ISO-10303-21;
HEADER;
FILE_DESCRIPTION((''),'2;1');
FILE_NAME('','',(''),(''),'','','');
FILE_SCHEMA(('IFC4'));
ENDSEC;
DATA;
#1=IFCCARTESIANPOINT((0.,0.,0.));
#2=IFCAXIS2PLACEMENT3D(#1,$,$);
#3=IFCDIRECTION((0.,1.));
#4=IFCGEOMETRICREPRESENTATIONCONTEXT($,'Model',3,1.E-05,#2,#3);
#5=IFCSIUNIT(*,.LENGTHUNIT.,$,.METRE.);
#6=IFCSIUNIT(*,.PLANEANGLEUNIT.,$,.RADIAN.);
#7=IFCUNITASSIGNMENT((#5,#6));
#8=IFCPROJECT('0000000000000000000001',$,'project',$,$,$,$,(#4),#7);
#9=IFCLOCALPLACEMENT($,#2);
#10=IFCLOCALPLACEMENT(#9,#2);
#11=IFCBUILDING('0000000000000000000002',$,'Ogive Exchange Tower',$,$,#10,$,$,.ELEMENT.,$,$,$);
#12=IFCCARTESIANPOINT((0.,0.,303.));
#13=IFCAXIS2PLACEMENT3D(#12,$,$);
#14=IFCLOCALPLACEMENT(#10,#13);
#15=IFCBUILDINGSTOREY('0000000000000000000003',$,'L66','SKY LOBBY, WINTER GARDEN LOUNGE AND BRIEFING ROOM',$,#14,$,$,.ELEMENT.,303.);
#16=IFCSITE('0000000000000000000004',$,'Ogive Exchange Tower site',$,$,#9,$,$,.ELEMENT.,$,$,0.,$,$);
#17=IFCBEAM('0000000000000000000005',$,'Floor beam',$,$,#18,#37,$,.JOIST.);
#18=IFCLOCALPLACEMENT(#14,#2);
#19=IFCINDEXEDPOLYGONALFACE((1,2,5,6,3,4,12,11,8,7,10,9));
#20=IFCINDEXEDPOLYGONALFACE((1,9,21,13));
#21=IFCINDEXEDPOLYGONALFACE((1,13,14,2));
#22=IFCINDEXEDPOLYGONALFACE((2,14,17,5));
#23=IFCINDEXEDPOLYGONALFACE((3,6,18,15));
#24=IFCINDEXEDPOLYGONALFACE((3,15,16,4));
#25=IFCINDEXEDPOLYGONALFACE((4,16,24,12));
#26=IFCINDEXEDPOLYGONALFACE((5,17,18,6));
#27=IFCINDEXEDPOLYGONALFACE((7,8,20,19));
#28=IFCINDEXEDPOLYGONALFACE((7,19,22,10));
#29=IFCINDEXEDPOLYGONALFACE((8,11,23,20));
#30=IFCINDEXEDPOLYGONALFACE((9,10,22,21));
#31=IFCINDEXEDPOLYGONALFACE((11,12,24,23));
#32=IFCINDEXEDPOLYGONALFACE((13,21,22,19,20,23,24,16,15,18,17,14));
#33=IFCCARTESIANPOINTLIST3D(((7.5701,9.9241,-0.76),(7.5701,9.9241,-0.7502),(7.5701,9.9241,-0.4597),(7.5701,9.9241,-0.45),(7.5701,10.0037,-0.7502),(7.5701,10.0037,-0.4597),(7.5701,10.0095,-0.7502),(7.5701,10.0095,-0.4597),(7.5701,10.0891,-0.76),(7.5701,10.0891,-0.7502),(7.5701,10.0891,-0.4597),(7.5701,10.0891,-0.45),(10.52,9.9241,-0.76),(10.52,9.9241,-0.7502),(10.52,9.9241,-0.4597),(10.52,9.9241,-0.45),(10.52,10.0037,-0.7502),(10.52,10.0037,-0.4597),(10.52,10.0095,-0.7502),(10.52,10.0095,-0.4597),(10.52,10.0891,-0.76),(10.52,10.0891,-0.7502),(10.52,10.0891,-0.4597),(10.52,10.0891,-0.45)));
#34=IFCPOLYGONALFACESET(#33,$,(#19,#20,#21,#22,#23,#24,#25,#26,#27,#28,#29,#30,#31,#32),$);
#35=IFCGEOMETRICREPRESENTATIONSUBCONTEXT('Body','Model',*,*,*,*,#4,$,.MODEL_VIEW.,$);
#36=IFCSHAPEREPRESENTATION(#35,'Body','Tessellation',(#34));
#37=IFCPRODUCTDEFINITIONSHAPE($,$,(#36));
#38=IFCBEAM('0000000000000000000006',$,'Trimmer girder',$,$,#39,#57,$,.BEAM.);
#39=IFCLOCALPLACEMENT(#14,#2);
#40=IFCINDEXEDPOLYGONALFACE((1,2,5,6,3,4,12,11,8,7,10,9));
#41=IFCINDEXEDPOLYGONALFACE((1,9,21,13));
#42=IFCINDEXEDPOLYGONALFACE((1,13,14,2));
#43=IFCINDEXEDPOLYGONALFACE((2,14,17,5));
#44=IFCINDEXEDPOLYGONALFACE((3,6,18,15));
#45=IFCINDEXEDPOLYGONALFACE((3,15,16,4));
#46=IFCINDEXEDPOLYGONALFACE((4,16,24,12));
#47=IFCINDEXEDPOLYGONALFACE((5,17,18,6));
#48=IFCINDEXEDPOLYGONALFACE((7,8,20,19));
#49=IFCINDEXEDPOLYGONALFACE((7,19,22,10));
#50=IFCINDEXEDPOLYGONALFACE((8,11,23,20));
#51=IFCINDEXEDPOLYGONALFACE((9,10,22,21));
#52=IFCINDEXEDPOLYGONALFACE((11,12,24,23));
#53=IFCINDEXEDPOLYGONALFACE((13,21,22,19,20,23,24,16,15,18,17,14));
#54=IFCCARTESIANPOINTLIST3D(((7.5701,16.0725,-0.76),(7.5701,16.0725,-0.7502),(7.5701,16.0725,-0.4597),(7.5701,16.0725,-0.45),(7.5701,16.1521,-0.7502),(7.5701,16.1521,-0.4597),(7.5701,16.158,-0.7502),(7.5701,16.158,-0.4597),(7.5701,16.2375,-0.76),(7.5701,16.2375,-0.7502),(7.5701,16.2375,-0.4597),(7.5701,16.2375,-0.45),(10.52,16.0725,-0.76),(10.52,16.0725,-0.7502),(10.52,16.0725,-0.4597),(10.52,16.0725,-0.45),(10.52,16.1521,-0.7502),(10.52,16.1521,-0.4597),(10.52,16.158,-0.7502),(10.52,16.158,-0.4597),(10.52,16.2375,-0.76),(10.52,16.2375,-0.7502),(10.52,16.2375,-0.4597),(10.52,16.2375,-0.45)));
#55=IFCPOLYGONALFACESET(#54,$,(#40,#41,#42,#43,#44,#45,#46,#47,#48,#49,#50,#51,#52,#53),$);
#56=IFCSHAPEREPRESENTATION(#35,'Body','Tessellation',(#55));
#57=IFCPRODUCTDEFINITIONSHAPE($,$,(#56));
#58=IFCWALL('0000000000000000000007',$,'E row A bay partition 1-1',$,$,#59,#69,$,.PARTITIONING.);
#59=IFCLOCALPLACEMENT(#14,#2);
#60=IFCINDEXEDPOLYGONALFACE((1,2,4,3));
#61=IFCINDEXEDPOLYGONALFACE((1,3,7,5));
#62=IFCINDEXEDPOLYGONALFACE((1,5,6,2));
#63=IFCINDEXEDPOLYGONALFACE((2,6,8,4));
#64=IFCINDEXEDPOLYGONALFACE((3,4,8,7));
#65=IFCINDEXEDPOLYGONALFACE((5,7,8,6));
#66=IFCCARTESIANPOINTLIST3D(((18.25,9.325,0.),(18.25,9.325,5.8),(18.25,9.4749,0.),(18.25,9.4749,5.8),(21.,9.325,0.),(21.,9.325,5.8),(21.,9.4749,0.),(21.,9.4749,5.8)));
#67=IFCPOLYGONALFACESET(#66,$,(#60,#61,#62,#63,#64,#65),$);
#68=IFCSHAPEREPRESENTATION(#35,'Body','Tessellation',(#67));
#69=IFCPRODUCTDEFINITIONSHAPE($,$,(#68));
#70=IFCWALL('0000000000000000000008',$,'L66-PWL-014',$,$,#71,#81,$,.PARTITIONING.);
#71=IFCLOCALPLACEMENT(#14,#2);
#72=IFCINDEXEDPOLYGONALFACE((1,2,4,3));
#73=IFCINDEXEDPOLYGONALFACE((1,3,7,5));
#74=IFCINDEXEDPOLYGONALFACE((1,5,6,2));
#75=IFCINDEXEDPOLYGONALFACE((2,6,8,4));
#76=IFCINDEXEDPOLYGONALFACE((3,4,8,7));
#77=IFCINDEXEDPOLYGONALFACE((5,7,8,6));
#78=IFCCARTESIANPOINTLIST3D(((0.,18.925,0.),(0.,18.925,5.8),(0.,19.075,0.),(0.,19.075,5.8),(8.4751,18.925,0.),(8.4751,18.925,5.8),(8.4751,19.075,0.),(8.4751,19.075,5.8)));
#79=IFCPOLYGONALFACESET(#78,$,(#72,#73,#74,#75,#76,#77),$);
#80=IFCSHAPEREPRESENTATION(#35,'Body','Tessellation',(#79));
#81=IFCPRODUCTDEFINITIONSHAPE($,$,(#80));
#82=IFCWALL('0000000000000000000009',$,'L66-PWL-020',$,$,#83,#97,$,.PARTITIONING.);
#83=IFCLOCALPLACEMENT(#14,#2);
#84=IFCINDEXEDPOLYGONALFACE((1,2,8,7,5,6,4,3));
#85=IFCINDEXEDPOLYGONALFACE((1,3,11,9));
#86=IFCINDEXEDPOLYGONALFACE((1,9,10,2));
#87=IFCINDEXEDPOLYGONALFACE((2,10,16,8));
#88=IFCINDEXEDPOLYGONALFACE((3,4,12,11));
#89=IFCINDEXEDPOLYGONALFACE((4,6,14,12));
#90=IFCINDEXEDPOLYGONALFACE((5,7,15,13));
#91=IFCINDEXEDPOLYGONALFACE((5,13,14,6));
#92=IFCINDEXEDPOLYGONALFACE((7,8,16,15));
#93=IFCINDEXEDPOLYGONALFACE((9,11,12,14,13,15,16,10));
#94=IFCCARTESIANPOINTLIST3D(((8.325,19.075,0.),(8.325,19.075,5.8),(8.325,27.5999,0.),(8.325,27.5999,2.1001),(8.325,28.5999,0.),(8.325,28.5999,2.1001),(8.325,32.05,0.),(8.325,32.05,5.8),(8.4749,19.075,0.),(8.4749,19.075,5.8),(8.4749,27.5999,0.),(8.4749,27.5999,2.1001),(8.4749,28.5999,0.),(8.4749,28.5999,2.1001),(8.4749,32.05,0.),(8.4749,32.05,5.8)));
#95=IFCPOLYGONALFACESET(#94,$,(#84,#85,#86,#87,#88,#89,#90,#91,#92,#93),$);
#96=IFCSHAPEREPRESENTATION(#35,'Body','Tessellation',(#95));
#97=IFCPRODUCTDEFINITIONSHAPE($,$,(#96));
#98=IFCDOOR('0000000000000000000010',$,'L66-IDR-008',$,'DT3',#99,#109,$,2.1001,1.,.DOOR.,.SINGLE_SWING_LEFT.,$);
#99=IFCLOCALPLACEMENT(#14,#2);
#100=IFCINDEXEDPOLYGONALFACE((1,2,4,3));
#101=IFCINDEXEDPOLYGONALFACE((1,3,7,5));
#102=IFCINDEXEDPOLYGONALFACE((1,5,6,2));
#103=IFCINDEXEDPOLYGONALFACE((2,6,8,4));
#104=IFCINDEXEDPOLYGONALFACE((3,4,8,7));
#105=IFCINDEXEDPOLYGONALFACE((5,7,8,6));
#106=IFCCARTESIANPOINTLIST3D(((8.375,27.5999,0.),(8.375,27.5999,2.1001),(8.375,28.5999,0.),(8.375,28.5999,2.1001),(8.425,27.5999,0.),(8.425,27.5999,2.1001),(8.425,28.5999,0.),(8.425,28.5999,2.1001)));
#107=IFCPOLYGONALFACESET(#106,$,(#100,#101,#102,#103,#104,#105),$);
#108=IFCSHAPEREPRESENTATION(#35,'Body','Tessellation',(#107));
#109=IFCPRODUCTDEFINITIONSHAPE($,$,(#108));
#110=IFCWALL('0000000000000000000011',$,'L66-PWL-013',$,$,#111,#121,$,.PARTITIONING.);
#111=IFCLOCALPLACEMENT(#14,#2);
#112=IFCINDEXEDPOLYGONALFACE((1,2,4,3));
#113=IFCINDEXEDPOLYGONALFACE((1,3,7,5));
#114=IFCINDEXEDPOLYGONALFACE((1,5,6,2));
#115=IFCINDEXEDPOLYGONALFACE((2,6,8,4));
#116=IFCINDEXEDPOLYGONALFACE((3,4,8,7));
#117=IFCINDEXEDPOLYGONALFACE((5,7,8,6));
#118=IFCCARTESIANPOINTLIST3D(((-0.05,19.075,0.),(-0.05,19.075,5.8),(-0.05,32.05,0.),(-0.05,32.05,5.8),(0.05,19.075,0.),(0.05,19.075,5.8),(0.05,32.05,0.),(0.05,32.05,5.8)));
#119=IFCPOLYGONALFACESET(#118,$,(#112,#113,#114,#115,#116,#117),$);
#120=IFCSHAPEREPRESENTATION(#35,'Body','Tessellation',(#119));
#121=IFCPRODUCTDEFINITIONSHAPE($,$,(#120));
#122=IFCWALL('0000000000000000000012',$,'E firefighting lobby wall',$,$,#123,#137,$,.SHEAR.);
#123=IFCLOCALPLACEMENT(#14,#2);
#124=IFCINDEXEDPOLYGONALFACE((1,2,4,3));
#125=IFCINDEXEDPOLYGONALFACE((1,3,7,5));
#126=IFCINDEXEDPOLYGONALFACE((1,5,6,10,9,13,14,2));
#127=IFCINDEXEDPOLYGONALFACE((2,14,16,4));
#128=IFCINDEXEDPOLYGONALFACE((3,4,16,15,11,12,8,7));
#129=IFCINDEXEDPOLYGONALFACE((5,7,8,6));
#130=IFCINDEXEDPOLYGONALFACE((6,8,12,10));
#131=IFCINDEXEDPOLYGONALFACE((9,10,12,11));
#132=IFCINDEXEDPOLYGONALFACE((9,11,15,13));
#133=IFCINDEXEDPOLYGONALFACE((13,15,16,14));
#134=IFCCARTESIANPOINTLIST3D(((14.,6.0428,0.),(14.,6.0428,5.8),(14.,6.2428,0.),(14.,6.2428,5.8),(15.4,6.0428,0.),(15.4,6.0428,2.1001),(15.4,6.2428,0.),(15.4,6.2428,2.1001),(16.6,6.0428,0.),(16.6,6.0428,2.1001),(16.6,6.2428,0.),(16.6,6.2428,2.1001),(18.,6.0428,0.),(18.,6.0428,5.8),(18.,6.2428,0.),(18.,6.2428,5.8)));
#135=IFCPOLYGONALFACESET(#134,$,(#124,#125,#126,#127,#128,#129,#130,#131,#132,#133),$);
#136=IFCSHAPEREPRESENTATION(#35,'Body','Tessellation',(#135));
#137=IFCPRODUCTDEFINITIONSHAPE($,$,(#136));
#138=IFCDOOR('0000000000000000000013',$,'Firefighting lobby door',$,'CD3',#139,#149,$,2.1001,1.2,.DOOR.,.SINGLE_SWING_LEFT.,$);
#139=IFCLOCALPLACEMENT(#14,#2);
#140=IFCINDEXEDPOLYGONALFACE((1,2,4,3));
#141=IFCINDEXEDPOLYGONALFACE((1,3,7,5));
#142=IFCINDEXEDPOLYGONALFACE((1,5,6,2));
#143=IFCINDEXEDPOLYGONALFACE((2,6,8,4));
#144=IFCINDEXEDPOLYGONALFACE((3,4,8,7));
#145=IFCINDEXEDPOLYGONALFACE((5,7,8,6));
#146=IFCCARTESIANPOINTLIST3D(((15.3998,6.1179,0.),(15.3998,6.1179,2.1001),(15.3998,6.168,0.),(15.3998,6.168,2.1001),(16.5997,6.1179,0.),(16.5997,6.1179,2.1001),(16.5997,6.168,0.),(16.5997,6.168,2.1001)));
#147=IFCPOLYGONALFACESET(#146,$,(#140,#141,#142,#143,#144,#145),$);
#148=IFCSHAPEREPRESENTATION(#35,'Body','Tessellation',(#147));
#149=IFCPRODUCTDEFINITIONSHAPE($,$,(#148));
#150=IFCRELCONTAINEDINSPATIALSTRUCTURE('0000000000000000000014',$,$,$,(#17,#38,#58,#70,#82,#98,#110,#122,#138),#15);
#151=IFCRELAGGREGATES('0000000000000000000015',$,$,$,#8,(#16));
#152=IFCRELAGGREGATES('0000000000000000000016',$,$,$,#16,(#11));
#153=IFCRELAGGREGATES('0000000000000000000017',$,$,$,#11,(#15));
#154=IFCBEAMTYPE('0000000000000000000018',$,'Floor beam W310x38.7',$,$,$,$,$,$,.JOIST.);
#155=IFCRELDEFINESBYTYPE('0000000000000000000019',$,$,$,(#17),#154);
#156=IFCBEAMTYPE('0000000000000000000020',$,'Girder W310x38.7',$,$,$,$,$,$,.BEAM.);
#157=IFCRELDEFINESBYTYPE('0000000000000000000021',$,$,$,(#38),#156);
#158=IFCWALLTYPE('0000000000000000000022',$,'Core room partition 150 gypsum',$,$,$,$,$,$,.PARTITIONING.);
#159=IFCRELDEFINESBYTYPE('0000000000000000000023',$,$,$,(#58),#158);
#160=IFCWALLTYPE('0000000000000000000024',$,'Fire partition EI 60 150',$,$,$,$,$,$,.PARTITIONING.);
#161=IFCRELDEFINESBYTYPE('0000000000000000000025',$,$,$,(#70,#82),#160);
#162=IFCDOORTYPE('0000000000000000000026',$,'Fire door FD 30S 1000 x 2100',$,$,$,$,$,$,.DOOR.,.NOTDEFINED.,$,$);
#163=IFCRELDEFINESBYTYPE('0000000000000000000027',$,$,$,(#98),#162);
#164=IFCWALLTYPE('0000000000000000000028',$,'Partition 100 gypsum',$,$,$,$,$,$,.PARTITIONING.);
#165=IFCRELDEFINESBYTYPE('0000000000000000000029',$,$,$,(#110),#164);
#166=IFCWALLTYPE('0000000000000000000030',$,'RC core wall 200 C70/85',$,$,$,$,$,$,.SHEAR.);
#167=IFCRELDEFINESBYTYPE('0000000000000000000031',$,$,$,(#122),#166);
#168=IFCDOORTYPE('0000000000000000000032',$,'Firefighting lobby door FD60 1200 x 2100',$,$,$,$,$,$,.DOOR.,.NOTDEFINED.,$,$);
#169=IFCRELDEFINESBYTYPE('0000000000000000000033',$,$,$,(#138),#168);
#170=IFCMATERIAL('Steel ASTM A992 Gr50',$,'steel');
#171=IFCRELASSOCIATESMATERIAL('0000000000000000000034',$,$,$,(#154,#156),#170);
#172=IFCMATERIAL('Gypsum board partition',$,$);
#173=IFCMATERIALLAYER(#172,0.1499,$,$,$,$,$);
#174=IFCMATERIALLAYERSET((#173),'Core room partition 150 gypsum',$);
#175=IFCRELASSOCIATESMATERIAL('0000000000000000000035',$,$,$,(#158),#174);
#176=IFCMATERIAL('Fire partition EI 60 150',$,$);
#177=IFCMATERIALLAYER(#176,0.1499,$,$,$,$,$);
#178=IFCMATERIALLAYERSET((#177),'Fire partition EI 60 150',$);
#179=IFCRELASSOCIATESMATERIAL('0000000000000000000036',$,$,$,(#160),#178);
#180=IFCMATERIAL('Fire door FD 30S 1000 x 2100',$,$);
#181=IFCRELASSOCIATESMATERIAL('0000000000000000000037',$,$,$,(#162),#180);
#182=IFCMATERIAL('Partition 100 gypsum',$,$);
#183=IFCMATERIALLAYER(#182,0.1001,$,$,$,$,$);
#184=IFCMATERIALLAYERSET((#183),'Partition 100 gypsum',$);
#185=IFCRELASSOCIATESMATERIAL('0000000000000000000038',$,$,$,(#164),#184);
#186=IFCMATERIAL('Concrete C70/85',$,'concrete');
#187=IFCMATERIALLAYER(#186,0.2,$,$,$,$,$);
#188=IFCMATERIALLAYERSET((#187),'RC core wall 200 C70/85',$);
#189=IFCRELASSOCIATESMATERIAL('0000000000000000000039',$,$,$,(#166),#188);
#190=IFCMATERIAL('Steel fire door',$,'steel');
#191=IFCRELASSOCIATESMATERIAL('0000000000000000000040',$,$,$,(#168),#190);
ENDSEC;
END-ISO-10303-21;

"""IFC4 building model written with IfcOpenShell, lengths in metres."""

from ifc_helpers import new_model, si_unit, direction, frame, frame_2d, origin, origin_2d, place, context, subcontext, project, spatial, rectangle, i_section, extrude, material, layer, layer_set, material_profile, profile_set, type_object, element, fill, save


model = new_model("IFC4")

# Units and contexts
model_context = context("Model", 3, precision=1e-05, world=origin(), true_north=direction((0.0, 1.0)))
body_context = subcontext(model_context, "Body", "Model", "MODEL_VIEW")
ifc_project = project(units=[si_unit("LENGTHUNIT", "METRE"), si_unit("PLANEANGLEUNIT", "RADIAN")], contexts=[model_context])

# Site, building, storey
site_placement = place(None, origin())
site = spatial("IfcSite", under=ifc_project, at=site_placement, Name="Ogive Exchange Tower site", CompositionType="ELEMENT", RefElevation=0.0)
building_placement = place(site_placement, origin())
building = spatial("IfcBuilding", under=site, at=building_placement, Name="Ogive Exchange Tower", CompositionType="ELEMENT")
storey_placement = place(building_placement, frame((0.0, 0.0, 303.0)))
storey = spatial("IfcBuildingStorey", under=building, at=storey_placement, Name="L66", Description="SKY LOBBY, WINTER GARDEN LOUNGE AND BRIEFING ROOM", CompositionType="ELEMENT", Elevation=303.0)

# Beams
ifc_material_1 = material(Name="Steel ASTM A992 Gr50", Category="steel")
ifc_material_profile_1 = material_profile(ifc_material_1, i_section(OverallWidth=0.165, OverallDepth=0.3101, WebThickness=0.0059, FlangeThickness=0.0098, at=origin_2d()), Name="W310x38.7")
ifc_profile_set_1 = profile_set([ifc_material_profile_1], Name="Steel ASTM A992 Gr50")
beam_type_1 = type_object("IfcBeamType", Name="Floor beam W310x38.7", PredefinedType="JOIST", material=ifc_profile_set_1)
beam_1_placement = place(storey_placement, frame((7.5701, 10.0066, -0.605), z_axis=(1.0, 0.0, 0.0), x_axis=(0.0, 1.0, 0.0)))
element("IfcBeam", 1, at=beam_1_placement, inside=storey, type_object=beam_type_1, Name="Floor beam", PredefinedType="JOIST", context=body_context, shape_type="SweptSolid", body=[
    extrude(i_section(OverallWidth=0.165, OverallDepth=0.3101, WebThickness=0.0059, FlangeThickness=0.0098, at=origin_2d()), origin(), (0.0, 0.0, 1.0), 2.95),
])
ifc_material_profile_2 = material_profile(ifc_material_1, i_section(OverallWidth=0.165, OverallDepth=0.3101, WebThickness=0.0059, FlangeThickness=0.0098, at=origin_2d()), Name="W310x38.7")
ifc_profile_set_2 = profile_set([ifc_material_profile_2], Name="Steel ASTM A992 Gr50")
beam_type_2 = type_object("IfcBeamType", Name="Girder W310x38.7", PredefinedType="BEAM", material=ifc_profile_set_2)
beam_2_placement = place(storey_placement, frame((7.5701, 16.155, -0.605), z_axis=(1.0, 0.0, 0.0), x_axis=(0.0, 1.0, 0.0)))
element("IfcBeam", 2, at=beam_2_placement, inside=storey, type_object=beam_type_2, Name="Trimmer girder", PredefinedType="BEAM", context=body_context, shape_type="SweptSolid", body=[
    extrude(i_section(OverallWidth=0.165, OverallDepth=0.3101, WebThickness=0.0059, FlangeThickness=0.0098, at=origin_2d()), origin(), (0.0, 0.0, 1.0), 2.95),
])

# Walls
ifc_material_2 = material(Name="Gypsum board partition")
ifc_layer_1 = layer(ifc_material_2, 0.1499)
ifc_layer_set_1 = layer_set([ifc_layer_1], Name="Core room partition 150 gypsum")
wall_type_1 = type_object("IfcWallType", Name="Core room partition 150 gypsum", PredefinedType="PARTITIONING", material=ifc_layer_set_1)
wall_1_placement = place(storey_placement, frame((18.25, 9.3999, 0.0), z_axis=(0.0, 0.0, 1.0), x_axis=(1.0, 0.0, 0.0)))
element("IfcWall", 3, at=wall_1_placement, inside=storey, type_object=wall_type_1, Name="E row A bay partition 1-1", PredefinedType="PARTITIONING", context=body_context, shape_type="SweptSolid", body=[
    extrude(rectangle(XDim=2.75, YDim=0.1499, at=frame_2d((1.375, 0.0))), origin(), (0.0, 0.0, 1.0), 5.8),
])
ifc_material_3 = material(Name="Fire partition EI 60 150")
ifc_layer_2 = layer(ifc_material_3, 0.1499)
ifc_layer_set_2 = layer_set([ifc_layer_2], Name="Fire partition EI 60 150")
wall_type_2 = type_object("IfcWallType", Name="Fire partition EI 60 150", PredefinedType="PARTITIONING", material=ifc_layer_set_2)
wall_2_placement = place(storey_placement, frame((0.0, 19.0, 0.0), z_axis=(0.0, 0.0, 1.0), x_axis=(1.0, 0.0, 0.0)))
element("IfcWall", 4, at=wall_2_placement, inside=storey, type_object=wall_type_2, Name="L66-PWL-014", PredefinedType="PARTITIONING", context=body_context, shape_type="SweptSolid", body=[
    extrude(rectangle(XDim=8.4751, YDim=0.1499, at=frame_2d((4.2375, 0.0))), origin(), (0.0, 0.0, 1.0), 5.8),
])

# Wall, opening, door
wall_3_placement = place(storey_placement, frame((8.3999, 19.075, 0.0), z_axis=(0.0, 0.0, 1.0), x_axis=(0.0, 1.0, 0.0)))
wall_3 = element("IfcWall", 5, at=wall_3_placement, inside=storey, type_object=wall_type_2, Name="L66-PWL-020", PredefinedType="PARTITIONING", context=body_context, shape_type="SweptSolid", body=[
    extrude(rectangle(XDim=12.9751, YDim=0.1499, at=frame_2d((6.4875, 0.0))), origin(), (0.0, 0.0, 1.0), 5.8),
])
opening_1_placement = place(wall_3_placement, frame((8.5249, 0.0, 0.0)))
opening_1 = element("IfcOpeningElement", 6, at=opening_1_placement, cuts=wall_3, PredefinedType="OPENING", context=body_context, shape_type="SweptSolid", body=[
    extrude(rectangle(XDim=1.0, YDim=2.1001, at=frame_2d((0.5, 1.05))), frame((0.0, 0.085, 0.0), z_axis=(0.0, -1.0, 0.0), x_axis=(1.0, 0.0, 0.0)), (0.0, 0.0, 1.0), 0.1699),
])
ifc_material_4 = material(Name="Fire door FD 30S 1000 x 2100")
door_type_1 = type_object("IfcDoorType", Name="Fire door FD 30S 1000 x 2100", OperationType="NOTDEFINED", PredefinedType="DOOR", material=ifc_material_4)
door_1_placement = place(opening_1_placement, origin())
door_1 = element("IfcDoor", 7, at=door_1_placement, inside=storey, type_object=door_type_1, Name="L66-IDR-008", ObjectType="DT3", OperationType="SINGLE_SWING_LEFT", OverallHeight=2.1001, OverallWidth=1.0, PredefinedType="DOOR", context=body_context, shape_type="SweptSolid", body=[
    extrude(rectangle(XDim=1.0, YDim=2.1001, at=frame_2d((0.5, 1.05))), frame((0.0, 0.0249, 0.0), z_axis=(0.0, -1.0, 0.0), x_axis=(1.0, 0.0, 0.0)), (0.0, 0.0, 1.0), 0.05),
])
fill(opening_1, door_1)

# Wall
ifc_material_5 = material(Name="Partition 100 gypsum")
ifc_layer_3 = layer(ifc_material_5, 0.1001)
ifc_layer_set_3 = layer_set([ifc_layer_3], Name="Partition 100 gypsum")
wall_type_3 = type_object("IfcWallType", Name="Partition 100 gypsum", PredefinedType="PARTITIONING", material=ifc_layer_set_3)
wall_4_placement = place(storey_placement, frame((0.0, 19.075, 0.0), z_axis=(0.0, 0.0, 1.0), x_axis=(0.0, 1.0, 0.0)))
element("IfcWall", 8, at=wall_4_placement, inside=storey, type_object=wall_type_3, Name="L66-PWL-013", PredefinedType="PARTITIONING", context=body_context, shape_type="SweptSolid", body=[
    extrude(rectangle(XDim=12.9751, YDim=0.1001, at=frame_2d((6.4875, 0.0))), origin(), (0.0, 0.0, 1.0), 5.8),
])

# Wall, opening, door
ifc_material_6 = material(Name="Concrete C70/85", Category="concrete")
ifc_layer_4 = layer(ifc_material_6, 0.2)
ifc_layer_set_4 = layer_set([ifc_layer_4], Name="RC core wall 200 C70/85")
wall_type_4 = type_object("IfcWallType", Name="RC core wall 200 C70/85", PredefinedType="SHEAR", material=ifc_layer_set_4)
wall_5_placement = place(storey_placement, frame((14.0, 6.1428, 0.0), z_axis=(0.0, 0.0, 1.0), x_axis=(1.0, 0.0, 0.0)))
wall_5 = element("IfcWall", 9, at=wall_5_placement, inside=storey, type_object=wall_type_4, Name="E firefighting lobby wall", PredefinedType="SHEAR", context=body_context, shape_type="SweptSolid", body=[
    extrude(rectangle(XDim=4.0, YDim=0.2, at=frame_2d((2.0, 0.0))), origin(), (0.0, 0.0, 1.0), 5.8),
])
opening_2_placement = place(wall_5_placement, frame((1.3999, 0.0, 0.0)))
opening_2 = element("IfcOpeningElement", 10, at=opening_2_placement, cuts=wall_5, PredefinedType="OPENING", context=body_context, shape_type="SweptSolid", body=[
    extrude(rectangle(XDim=1.2, YDim=2.1001, at=frame_2d((0.6001, 1.05))), frame((0.0, 0.1099, 0.0), z_axis=(0.0, -1.0, 0.0), x_axis=(1.0, 0.0, 0.0)), (0.0, 0.0, 1.0), 0.22),
])
ifc_material_7 = material(Name="Steel fire door", Category="steel")
door_type_2 = type_object("IfcDoorType", Name="Firefighting lobby door FD60 1200 x 2100", OperationType="NOTDEFINED", PredefinedType="DOOR", material=ifc_material_7)
door_2_placement = place(opening_2_placement, frame((1.2, 0.0, 0.0), z_axis=(0.0, 0.0, 1.0), x_axis=(-1.0, 0.0, 0.0)))
door_2 = element("IfcDoor", 11, at=door_2_placement, inside=storey, type_object=door_type_2, Name="Firefighting lobby door", ObjectType="CD3", OperationType="SINGLE_SWING_LEFT", OverallHeight=2.1001, OverallWidth=1.2, PredefinedType="DOOR", context=body_context, shape_type="SweptSolid", body=[
    extrude(rectangle(XDim=1.2, YDim=2.1001, at=frame_2d((0.6001, 1.05))), frame((0.0, 0.0249, 0.0), z_axis=(0.0, -1.0, 0.0), x_axis=(1.0, 0.0, 0.0)), (0.0, 0.0, 1.0), 0.05),
])
fill(opening_2, door_2)

save(model, "model.ifc")
